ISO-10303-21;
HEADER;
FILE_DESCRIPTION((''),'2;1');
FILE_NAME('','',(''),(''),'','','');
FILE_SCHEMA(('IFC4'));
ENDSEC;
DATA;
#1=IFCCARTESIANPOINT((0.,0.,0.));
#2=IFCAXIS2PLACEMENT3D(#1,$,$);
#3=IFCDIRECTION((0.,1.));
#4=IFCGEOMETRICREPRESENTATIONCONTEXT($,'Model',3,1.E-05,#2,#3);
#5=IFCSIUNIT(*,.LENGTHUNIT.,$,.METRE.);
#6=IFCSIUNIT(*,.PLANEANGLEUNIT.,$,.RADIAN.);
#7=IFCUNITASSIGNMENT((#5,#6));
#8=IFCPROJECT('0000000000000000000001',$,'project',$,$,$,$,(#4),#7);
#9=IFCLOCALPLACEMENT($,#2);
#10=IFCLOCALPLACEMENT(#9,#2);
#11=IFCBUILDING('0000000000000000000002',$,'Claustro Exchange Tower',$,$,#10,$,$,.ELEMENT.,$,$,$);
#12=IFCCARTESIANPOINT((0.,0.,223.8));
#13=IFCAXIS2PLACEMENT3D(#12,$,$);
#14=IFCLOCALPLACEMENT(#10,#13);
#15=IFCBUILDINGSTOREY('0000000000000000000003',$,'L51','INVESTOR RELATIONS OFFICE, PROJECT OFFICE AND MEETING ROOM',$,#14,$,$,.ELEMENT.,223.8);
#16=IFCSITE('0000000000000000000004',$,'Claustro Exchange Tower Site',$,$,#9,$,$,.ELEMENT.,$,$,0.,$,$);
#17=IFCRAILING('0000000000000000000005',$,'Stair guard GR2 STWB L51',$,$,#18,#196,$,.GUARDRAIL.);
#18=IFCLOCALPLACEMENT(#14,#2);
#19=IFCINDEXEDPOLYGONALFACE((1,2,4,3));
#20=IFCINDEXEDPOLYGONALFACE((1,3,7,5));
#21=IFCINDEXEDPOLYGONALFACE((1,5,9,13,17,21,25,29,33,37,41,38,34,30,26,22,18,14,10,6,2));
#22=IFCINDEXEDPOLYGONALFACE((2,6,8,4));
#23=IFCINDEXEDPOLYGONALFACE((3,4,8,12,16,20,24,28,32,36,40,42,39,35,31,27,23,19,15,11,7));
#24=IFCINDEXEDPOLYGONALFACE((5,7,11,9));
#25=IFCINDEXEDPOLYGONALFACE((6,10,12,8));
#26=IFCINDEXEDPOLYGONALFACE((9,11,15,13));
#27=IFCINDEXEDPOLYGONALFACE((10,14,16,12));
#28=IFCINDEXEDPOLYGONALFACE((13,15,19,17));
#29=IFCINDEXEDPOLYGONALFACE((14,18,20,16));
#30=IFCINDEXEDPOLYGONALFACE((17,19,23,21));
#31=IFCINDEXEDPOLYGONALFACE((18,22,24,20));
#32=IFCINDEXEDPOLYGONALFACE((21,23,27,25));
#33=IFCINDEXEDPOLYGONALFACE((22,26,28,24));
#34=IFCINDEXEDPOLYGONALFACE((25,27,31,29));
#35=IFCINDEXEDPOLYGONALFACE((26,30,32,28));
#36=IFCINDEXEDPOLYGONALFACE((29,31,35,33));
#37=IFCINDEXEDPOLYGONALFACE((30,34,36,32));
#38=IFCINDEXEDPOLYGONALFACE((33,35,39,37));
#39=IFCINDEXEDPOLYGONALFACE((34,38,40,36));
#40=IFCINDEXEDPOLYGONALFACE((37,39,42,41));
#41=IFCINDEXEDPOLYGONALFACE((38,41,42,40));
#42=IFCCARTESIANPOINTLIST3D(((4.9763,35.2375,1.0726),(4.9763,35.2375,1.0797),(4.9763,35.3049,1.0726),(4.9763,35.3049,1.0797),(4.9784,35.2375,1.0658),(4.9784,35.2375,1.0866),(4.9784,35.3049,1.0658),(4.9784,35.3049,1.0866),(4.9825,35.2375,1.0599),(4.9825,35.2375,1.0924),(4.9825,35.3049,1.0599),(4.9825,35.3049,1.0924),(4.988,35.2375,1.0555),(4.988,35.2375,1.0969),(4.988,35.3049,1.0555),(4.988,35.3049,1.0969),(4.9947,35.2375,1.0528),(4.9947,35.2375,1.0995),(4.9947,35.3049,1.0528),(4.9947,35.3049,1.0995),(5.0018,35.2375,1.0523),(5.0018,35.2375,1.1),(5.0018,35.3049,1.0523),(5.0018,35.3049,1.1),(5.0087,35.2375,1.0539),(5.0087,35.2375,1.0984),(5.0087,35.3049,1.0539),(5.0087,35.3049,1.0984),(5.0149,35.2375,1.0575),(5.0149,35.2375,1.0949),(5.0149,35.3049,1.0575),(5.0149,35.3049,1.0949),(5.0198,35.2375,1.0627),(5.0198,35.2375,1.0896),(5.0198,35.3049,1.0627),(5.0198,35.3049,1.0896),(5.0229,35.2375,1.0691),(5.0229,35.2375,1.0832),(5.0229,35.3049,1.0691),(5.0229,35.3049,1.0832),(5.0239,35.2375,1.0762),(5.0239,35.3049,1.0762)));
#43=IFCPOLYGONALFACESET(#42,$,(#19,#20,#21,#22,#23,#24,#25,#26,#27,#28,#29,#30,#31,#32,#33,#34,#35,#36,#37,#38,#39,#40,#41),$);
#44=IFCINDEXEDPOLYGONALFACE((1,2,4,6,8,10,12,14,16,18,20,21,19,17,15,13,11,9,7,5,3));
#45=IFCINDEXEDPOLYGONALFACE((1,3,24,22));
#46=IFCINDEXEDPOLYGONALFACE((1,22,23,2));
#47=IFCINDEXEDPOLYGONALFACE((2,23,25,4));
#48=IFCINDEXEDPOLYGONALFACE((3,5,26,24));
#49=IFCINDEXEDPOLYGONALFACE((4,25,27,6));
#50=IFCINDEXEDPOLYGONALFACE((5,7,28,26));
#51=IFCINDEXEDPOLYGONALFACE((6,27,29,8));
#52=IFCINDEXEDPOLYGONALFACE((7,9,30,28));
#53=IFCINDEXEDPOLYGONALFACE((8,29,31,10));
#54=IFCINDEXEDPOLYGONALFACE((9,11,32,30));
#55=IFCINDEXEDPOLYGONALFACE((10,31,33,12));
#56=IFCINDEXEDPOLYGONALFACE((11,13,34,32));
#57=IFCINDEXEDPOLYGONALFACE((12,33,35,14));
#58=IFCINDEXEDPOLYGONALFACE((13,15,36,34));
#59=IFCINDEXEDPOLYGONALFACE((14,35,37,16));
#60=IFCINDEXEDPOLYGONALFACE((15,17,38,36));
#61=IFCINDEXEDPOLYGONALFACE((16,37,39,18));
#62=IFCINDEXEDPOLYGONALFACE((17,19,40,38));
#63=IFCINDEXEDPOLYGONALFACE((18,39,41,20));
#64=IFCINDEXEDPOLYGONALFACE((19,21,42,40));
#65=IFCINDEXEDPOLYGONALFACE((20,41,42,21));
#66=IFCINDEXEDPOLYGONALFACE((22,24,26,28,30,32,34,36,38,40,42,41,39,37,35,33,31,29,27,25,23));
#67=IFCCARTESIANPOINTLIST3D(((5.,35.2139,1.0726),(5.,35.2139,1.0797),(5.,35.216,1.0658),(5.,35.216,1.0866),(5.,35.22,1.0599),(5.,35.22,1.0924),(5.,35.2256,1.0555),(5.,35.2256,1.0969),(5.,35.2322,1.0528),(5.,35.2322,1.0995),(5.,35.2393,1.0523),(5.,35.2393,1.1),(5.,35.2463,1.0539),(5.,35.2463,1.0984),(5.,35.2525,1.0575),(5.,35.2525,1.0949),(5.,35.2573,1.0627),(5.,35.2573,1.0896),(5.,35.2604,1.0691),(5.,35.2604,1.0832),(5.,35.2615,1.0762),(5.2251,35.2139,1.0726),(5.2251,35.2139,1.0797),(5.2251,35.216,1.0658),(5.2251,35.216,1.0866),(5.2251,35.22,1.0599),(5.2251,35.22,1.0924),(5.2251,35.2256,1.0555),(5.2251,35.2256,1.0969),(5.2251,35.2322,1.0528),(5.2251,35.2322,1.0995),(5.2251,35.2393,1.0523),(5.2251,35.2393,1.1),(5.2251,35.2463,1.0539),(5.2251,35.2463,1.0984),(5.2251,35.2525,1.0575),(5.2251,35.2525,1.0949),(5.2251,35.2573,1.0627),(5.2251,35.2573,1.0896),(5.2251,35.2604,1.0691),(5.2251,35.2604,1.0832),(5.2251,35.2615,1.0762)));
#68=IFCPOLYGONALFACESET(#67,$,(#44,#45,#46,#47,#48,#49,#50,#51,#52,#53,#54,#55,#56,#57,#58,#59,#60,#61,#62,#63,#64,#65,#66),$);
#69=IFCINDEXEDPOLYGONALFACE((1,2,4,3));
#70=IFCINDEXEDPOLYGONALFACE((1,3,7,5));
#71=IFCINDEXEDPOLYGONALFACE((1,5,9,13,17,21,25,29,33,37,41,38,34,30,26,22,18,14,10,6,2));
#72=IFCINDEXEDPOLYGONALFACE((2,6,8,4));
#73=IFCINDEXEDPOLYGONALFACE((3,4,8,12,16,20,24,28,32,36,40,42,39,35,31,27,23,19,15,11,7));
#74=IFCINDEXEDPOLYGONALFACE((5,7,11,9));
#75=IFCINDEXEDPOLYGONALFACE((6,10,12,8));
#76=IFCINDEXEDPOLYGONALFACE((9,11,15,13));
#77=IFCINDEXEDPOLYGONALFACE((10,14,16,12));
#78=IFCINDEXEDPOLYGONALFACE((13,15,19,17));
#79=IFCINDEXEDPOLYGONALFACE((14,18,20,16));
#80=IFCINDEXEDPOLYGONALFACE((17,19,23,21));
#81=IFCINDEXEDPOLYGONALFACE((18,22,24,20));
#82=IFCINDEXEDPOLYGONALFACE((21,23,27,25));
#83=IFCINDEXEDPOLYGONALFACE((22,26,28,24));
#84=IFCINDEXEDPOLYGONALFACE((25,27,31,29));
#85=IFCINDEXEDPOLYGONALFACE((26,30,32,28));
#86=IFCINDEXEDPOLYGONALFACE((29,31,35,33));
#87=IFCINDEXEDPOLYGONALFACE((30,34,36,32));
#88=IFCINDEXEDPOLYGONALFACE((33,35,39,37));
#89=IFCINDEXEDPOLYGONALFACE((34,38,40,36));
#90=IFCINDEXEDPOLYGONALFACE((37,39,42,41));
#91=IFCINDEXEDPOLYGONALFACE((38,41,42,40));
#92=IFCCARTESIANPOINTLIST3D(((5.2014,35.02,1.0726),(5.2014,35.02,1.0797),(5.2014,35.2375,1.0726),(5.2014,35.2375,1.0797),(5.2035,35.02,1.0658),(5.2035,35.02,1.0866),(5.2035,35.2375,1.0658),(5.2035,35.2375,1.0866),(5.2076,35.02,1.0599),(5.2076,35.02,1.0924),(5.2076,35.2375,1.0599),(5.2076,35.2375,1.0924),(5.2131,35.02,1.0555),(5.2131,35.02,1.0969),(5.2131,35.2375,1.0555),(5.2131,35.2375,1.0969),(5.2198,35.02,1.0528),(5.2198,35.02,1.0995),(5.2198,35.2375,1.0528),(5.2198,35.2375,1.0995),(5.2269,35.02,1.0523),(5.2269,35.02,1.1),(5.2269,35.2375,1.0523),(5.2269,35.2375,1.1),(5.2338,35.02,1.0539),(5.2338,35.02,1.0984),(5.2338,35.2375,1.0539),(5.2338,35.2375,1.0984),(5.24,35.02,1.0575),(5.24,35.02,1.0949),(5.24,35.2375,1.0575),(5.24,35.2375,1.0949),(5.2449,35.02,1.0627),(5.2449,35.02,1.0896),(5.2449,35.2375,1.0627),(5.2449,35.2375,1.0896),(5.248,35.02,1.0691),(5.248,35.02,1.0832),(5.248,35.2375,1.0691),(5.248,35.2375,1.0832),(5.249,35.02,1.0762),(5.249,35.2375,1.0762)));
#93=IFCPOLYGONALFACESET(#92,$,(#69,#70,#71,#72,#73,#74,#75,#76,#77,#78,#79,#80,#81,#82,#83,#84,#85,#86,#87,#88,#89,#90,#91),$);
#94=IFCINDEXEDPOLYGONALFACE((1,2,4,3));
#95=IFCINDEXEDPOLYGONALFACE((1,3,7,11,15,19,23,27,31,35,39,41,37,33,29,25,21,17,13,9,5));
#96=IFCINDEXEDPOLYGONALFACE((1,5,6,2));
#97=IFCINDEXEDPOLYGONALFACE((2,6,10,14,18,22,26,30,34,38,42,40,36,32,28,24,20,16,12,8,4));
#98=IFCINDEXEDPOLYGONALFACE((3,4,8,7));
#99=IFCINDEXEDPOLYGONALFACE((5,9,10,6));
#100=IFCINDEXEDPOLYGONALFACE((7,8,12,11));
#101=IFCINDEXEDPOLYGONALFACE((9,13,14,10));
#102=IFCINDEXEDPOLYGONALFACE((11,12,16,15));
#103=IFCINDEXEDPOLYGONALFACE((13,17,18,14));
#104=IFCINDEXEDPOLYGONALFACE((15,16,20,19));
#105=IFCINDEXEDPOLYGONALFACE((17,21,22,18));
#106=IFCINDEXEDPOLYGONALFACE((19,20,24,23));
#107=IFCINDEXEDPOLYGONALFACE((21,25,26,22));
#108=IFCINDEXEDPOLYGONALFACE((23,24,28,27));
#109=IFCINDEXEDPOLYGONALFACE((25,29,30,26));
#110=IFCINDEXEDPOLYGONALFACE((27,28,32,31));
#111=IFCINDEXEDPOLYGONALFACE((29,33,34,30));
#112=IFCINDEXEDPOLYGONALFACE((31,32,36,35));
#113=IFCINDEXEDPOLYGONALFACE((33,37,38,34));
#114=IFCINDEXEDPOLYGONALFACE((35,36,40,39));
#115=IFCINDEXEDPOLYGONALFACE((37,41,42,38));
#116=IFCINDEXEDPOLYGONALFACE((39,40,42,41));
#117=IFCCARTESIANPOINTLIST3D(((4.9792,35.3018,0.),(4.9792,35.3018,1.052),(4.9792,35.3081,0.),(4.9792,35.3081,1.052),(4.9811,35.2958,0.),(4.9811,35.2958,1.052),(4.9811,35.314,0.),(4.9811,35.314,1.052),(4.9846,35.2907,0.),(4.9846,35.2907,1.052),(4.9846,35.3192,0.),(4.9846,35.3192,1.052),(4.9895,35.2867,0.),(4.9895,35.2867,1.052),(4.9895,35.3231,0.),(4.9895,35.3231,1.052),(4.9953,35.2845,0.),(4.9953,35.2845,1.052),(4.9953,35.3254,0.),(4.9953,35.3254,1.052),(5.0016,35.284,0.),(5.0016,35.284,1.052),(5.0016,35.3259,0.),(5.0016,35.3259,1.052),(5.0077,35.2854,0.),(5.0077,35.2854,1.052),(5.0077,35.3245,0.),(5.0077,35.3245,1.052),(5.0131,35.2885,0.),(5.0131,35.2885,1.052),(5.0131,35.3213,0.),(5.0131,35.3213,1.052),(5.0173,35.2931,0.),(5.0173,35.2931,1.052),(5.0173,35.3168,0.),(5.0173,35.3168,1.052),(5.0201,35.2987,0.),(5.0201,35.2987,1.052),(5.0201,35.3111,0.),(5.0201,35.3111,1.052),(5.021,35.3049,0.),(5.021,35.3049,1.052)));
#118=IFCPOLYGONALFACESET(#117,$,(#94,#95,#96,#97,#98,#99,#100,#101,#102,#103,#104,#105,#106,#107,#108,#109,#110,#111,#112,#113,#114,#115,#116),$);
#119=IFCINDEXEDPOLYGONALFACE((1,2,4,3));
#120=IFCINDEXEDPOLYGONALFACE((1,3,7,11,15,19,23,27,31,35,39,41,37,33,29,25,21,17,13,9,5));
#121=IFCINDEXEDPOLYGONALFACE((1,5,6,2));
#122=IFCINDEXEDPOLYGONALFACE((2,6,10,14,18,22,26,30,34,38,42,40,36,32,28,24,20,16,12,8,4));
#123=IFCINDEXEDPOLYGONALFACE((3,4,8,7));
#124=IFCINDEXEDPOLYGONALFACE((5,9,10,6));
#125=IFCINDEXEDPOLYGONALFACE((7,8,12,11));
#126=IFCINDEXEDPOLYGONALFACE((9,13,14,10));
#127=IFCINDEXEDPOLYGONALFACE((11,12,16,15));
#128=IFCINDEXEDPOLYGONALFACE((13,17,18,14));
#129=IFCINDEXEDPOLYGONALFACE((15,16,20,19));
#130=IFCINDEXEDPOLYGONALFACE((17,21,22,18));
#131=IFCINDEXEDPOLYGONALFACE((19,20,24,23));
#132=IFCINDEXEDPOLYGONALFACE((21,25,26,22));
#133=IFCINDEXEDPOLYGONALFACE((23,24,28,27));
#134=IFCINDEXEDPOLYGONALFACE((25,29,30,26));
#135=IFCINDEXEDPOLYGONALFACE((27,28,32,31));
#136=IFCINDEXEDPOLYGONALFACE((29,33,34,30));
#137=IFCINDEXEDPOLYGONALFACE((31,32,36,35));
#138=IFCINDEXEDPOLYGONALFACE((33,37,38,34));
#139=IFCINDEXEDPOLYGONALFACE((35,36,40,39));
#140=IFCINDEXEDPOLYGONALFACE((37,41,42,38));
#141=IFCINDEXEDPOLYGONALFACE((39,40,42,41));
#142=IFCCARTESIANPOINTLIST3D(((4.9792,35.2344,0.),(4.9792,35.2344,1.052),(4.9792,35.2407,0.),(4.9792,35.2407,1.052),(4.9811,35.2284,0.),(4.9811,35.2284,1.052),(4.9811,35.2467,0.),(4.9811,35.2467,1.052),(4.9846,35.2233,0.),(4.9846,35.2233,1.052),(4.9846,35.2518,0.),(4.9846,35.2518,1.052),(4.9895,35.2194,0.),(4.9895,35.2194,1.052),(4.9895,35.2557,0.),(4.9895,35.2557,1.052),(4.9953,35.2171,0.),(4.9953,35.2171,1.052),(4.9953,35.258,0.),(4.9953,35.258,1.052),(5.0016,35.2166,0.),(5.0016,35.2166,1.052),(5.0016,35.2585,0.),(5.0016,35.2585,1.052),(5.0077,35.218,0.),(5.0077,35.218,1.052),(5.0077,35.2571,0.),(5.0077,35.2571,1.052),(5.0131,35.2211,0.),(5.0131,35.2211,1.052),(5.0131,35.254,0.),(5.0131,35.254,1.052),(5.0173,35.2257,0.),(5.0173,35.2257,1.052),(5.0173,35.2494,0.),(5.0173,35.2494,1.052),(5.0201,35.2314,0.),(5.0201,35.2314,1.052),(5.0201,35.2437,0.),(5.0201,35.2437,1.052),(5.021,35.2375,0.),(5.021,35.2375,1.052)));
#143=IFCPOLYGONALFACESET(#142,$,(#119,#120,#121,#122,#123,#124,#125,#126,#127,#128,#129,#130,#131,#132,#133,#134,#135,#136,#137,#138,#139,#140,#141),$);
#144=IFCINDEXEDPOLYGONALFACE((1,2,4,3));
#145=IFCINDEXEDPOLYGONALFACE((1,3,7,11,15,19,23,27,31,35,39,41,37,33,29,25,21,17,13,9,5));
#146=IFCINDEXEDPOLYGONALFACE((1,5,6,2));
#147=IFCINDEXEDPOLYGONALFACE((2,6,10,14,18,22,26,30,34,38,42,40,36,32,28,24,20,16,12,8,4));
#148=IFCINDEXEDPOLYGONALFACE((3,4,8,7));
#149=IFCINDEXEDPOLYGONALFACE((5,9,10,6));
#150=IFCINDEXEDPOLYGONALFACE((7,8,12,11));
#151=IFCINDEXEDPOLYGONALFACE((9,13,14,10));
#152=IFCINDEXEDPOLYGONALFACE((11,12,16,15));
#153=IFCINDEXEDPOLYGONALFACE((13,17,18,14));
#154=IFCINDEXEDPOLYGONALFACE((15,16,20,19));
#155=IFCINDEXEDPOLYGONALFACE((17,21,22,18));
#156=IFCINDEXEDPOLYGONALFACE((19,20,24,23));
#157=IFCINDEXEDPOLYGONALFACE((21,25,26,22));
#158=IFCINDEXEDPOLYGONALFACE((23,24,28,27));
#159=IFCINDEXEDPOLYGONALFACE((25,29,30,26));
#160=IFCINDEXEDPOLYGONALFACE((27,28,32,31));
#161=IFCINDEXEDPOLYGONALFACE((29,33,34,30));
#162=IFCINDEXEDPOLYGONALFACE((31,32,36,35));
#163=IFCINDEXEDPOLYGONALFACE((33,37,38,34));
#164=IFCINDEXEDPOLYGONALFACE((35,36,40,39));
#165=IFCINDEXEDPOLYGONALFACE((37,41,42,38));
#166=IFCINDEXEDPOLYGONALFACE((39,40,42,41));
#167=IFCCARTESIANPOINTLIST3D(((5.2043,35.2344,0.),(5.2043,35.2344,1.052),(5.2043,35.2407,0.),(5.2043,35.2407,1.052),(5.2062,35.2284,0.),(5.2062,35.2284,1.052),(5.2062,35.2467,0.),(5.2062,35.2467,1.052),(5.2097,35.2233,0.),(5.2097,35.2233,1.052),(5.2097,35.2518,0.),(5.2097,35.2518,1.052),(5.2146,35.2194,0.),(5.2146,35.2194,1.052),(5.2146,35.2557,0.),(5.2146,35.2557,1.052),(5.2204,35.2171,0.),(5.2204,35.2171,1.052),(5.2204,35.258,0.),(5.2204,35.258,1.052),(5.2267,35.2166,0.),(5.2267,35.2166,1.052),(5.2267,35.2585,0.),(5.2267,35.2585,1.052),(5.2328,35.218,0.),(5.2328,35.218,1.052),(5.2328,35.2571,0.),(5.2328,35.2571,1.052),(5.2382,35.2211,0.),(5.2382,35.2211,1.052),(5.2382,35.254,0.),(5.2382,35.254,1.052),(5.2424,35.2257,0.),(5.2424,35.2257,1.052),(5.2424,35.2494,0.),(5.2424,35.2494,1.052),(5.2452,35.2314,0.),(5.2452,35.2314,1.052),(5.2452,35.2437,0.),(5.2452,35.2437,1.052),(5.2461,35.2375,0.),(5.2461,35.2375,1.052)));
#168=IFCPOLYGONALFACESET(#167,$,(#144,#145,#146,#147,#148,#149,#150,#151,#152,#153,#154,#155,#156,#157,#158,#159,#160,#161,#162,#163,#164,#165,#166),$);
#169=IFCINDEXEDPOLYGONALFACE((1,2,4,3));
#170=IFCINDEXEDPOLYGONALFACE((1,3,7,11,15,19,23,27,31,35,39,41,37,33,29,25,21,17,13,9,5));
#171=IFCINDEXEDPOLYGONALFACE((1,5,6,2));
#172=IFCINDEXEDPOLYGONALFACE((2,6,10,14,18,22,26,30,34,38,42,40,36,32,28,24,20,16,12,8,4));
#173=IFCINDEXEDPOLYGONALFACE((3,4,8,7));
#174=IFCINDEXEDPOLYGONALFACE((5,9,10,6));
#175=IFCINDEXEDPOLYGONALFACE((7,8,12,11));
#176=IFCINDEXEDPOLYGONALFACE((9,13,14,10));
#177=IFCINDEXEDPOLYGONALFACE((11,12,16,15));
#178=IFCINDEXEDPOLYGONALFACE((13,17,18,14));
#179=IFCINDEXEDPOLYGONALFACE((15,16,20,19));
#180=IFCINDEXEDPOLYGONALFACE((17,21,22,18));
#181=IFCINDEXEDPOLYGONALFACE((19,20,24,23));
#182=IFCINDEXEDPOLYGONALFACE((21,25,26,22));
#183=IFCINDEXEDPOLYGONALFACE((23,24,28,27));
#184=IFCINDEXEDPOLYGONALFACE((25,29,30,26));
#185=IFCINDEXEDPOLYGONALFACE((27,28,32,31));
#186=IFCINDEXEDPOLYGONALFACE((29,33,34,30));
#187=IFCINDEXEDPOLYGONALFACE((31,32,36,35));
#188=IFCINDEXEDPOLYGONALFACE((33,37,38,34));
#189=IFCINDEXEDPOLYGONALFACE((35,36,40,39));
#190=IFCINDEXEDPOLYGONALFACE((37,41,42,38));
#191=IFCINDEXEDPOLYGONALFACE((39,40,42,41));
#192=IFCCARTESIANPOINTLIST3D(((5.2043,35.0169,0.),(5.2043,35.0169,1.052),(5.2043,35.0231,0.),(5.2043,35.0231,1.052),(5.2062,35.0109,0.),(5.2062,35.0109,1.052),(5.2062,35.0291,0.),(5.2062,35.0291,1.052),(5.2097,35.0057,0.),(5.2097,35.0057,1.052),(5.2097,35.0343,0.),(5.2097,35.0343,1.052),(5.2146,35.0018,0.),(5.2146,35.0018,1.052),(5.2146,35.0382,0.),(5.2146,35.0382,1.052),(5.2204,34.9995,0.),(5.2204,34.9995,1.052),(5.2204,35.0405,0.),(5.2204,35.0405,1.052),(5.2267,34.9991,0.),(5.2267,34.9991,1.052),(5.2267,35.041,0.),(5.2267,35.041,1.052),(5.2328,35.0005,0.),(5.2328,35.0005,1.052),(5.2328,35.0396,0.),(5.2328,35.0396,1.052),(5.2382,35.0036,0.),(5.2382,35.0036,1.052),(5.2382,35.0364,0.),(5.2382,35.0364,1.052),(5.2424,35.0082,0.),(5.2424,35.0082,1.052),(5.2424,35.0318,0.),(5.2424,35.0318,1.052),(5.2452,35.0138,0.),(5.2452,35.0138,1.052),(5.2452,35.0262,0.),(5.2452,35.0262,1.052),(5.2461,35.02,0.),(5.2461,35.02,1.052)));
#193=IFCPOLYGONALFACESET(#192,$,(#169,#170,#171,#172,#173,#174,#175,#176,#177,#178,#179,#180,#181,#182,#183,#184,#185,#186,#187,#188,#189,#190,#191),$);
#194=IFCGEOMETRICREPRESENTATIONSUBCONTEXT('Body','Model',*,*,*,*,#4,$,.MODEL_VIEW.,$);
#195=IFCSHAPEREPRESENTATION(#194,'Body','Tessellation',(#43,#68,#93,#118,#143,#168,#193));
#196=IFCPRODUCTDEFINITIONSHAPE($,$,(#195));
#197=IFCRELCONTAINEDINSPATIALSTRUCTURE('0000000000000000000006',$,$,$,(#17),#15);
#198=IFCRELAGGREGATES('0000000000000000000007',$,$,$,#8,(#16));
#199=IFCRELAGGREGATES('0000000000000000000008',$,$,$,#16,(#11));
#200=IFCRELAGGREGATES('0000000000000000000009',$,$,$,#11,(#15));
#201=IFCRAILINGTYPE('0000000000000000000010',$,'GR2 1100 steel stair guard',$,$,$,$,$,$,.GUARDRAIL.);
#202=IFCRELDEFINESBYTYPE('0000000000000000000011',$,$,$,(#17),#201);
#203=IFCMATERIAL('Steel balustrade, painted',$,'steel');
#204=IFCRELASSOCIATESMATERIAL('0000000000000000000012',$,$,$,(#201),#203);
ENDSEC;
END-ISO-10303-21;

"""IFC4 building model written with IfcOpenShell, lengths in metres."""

from ifc_helpers import new_model, si_unit, direction, frame, origin, origin_2d, place, context, subcontext, project, spatial, circle, extrude, material, type_object, element, save


model = new_model("IFC4")

# Units and contexts
model_context = context("Model", 3, precision=1e-05, world=origin(), true_north=direction((0.0, 1.0)))
body_context = subcontext(model_context, "Body", "Model", "MODEL_VIEW")
ifc_project = project(units=[si_unit("LENGTHUNIT", "METRE"), si_unit("PLANEANGLEUNIT", "RADIAN")], contexts=[model_context])

# Site, building, storey
site_placement = place(None, origin())
site = spatial("IfcSite", under=ifc_project, at=site_placement, Name="Claustro Exchange Tower Site", CompositionType="ELEMENT", RefElevation=0.0)
building_placement = place(site_placement, origin())
building = spatial("IfcBuilding", under=site, at=building_placement, Name="Claustro Exchange Tower", CompositionType="ELEMENT")
storey_placement = place(building_placement, frame((0.0, 0.0, 223.8)))
storey = spatial("IfcBuildingStorey", under=building, at=storey_placement, Name="L51", Description="INVESTOR RELATIONS OFFICE, PROJECT OFFICE AND MEETING ROOM", CompositionType="ELEMENT", Elevation=223.8)

# Railing
ifc_material_1 = material(Name="Steel balustrade, painted", Category="steel")
railing_type_1 = type_object("IfcRailingType", Name="GR2 1100 steel stair guard", PredefinedType="GUARDRAIL", material=ifc_material_1)
railing_1_placement = place(storey_placement, frame((5.0, 35.3049, 0.0)))
element("IfcRailing", 1, at=railing_1_placement, inside=storey, type_object=railing_type_1, Name="Stair guard GR2 STWB L51", PredefinedType="GUARDRAIL", context=body_context, shape_type="SweptSolid", body=[
    extrude(circle(Radius=0.0239, at=origin_2d()), frame((0.0, 0.0, 1.0762), z_axis=(0.0, -1.0, 0.0), x_axis=(1.0, 0.0, 0.0)), (0.0, 0.0, 1.0), 0.0674),
    extrude(circle(Radius=0.0239, at=origin_2d()), frame((0.0, -0.0674, 1.0762), z_axis=(1.0, 0.0, 0.0), x_axis=(0.0, 1.0, 0.0)), (0.0, 0.0, 1.0), 0.2251),
    extrude(circle(Radius=0.0239, at=origin_2d()), frame((0.2251, -0.0674, 1.0762), z_axis=(0.0, -1.0, 0.0), x_axis=(1.0, 0.0, 0.0)), (0.0, 0.0, 1.0), 0.2175),
    extrude(circle(Radius=0.021, at=origin_2d()), origin(), (0.0, 0.0, 1.0), 1.052),
    extrude(circle(Radius=0.021, at=origin_2d()), frame((0.0, -0.0674, 0.0)), (0.0, 0.0, 1.0), 1.052),
    extrude(circle(Radius=0.021, at=origin_2d()), frame((0.2251, -0.0674, 0.0)), (0.0, 0.0, 1.0), 1.052),
    extrude(circle(Radius=0.021, at=origin_2d()), frame((0.2251, -0.2849, 0.0)), (0.0, 0.0, 1.0), 1.052),
])

save(model, "model.ifc")
